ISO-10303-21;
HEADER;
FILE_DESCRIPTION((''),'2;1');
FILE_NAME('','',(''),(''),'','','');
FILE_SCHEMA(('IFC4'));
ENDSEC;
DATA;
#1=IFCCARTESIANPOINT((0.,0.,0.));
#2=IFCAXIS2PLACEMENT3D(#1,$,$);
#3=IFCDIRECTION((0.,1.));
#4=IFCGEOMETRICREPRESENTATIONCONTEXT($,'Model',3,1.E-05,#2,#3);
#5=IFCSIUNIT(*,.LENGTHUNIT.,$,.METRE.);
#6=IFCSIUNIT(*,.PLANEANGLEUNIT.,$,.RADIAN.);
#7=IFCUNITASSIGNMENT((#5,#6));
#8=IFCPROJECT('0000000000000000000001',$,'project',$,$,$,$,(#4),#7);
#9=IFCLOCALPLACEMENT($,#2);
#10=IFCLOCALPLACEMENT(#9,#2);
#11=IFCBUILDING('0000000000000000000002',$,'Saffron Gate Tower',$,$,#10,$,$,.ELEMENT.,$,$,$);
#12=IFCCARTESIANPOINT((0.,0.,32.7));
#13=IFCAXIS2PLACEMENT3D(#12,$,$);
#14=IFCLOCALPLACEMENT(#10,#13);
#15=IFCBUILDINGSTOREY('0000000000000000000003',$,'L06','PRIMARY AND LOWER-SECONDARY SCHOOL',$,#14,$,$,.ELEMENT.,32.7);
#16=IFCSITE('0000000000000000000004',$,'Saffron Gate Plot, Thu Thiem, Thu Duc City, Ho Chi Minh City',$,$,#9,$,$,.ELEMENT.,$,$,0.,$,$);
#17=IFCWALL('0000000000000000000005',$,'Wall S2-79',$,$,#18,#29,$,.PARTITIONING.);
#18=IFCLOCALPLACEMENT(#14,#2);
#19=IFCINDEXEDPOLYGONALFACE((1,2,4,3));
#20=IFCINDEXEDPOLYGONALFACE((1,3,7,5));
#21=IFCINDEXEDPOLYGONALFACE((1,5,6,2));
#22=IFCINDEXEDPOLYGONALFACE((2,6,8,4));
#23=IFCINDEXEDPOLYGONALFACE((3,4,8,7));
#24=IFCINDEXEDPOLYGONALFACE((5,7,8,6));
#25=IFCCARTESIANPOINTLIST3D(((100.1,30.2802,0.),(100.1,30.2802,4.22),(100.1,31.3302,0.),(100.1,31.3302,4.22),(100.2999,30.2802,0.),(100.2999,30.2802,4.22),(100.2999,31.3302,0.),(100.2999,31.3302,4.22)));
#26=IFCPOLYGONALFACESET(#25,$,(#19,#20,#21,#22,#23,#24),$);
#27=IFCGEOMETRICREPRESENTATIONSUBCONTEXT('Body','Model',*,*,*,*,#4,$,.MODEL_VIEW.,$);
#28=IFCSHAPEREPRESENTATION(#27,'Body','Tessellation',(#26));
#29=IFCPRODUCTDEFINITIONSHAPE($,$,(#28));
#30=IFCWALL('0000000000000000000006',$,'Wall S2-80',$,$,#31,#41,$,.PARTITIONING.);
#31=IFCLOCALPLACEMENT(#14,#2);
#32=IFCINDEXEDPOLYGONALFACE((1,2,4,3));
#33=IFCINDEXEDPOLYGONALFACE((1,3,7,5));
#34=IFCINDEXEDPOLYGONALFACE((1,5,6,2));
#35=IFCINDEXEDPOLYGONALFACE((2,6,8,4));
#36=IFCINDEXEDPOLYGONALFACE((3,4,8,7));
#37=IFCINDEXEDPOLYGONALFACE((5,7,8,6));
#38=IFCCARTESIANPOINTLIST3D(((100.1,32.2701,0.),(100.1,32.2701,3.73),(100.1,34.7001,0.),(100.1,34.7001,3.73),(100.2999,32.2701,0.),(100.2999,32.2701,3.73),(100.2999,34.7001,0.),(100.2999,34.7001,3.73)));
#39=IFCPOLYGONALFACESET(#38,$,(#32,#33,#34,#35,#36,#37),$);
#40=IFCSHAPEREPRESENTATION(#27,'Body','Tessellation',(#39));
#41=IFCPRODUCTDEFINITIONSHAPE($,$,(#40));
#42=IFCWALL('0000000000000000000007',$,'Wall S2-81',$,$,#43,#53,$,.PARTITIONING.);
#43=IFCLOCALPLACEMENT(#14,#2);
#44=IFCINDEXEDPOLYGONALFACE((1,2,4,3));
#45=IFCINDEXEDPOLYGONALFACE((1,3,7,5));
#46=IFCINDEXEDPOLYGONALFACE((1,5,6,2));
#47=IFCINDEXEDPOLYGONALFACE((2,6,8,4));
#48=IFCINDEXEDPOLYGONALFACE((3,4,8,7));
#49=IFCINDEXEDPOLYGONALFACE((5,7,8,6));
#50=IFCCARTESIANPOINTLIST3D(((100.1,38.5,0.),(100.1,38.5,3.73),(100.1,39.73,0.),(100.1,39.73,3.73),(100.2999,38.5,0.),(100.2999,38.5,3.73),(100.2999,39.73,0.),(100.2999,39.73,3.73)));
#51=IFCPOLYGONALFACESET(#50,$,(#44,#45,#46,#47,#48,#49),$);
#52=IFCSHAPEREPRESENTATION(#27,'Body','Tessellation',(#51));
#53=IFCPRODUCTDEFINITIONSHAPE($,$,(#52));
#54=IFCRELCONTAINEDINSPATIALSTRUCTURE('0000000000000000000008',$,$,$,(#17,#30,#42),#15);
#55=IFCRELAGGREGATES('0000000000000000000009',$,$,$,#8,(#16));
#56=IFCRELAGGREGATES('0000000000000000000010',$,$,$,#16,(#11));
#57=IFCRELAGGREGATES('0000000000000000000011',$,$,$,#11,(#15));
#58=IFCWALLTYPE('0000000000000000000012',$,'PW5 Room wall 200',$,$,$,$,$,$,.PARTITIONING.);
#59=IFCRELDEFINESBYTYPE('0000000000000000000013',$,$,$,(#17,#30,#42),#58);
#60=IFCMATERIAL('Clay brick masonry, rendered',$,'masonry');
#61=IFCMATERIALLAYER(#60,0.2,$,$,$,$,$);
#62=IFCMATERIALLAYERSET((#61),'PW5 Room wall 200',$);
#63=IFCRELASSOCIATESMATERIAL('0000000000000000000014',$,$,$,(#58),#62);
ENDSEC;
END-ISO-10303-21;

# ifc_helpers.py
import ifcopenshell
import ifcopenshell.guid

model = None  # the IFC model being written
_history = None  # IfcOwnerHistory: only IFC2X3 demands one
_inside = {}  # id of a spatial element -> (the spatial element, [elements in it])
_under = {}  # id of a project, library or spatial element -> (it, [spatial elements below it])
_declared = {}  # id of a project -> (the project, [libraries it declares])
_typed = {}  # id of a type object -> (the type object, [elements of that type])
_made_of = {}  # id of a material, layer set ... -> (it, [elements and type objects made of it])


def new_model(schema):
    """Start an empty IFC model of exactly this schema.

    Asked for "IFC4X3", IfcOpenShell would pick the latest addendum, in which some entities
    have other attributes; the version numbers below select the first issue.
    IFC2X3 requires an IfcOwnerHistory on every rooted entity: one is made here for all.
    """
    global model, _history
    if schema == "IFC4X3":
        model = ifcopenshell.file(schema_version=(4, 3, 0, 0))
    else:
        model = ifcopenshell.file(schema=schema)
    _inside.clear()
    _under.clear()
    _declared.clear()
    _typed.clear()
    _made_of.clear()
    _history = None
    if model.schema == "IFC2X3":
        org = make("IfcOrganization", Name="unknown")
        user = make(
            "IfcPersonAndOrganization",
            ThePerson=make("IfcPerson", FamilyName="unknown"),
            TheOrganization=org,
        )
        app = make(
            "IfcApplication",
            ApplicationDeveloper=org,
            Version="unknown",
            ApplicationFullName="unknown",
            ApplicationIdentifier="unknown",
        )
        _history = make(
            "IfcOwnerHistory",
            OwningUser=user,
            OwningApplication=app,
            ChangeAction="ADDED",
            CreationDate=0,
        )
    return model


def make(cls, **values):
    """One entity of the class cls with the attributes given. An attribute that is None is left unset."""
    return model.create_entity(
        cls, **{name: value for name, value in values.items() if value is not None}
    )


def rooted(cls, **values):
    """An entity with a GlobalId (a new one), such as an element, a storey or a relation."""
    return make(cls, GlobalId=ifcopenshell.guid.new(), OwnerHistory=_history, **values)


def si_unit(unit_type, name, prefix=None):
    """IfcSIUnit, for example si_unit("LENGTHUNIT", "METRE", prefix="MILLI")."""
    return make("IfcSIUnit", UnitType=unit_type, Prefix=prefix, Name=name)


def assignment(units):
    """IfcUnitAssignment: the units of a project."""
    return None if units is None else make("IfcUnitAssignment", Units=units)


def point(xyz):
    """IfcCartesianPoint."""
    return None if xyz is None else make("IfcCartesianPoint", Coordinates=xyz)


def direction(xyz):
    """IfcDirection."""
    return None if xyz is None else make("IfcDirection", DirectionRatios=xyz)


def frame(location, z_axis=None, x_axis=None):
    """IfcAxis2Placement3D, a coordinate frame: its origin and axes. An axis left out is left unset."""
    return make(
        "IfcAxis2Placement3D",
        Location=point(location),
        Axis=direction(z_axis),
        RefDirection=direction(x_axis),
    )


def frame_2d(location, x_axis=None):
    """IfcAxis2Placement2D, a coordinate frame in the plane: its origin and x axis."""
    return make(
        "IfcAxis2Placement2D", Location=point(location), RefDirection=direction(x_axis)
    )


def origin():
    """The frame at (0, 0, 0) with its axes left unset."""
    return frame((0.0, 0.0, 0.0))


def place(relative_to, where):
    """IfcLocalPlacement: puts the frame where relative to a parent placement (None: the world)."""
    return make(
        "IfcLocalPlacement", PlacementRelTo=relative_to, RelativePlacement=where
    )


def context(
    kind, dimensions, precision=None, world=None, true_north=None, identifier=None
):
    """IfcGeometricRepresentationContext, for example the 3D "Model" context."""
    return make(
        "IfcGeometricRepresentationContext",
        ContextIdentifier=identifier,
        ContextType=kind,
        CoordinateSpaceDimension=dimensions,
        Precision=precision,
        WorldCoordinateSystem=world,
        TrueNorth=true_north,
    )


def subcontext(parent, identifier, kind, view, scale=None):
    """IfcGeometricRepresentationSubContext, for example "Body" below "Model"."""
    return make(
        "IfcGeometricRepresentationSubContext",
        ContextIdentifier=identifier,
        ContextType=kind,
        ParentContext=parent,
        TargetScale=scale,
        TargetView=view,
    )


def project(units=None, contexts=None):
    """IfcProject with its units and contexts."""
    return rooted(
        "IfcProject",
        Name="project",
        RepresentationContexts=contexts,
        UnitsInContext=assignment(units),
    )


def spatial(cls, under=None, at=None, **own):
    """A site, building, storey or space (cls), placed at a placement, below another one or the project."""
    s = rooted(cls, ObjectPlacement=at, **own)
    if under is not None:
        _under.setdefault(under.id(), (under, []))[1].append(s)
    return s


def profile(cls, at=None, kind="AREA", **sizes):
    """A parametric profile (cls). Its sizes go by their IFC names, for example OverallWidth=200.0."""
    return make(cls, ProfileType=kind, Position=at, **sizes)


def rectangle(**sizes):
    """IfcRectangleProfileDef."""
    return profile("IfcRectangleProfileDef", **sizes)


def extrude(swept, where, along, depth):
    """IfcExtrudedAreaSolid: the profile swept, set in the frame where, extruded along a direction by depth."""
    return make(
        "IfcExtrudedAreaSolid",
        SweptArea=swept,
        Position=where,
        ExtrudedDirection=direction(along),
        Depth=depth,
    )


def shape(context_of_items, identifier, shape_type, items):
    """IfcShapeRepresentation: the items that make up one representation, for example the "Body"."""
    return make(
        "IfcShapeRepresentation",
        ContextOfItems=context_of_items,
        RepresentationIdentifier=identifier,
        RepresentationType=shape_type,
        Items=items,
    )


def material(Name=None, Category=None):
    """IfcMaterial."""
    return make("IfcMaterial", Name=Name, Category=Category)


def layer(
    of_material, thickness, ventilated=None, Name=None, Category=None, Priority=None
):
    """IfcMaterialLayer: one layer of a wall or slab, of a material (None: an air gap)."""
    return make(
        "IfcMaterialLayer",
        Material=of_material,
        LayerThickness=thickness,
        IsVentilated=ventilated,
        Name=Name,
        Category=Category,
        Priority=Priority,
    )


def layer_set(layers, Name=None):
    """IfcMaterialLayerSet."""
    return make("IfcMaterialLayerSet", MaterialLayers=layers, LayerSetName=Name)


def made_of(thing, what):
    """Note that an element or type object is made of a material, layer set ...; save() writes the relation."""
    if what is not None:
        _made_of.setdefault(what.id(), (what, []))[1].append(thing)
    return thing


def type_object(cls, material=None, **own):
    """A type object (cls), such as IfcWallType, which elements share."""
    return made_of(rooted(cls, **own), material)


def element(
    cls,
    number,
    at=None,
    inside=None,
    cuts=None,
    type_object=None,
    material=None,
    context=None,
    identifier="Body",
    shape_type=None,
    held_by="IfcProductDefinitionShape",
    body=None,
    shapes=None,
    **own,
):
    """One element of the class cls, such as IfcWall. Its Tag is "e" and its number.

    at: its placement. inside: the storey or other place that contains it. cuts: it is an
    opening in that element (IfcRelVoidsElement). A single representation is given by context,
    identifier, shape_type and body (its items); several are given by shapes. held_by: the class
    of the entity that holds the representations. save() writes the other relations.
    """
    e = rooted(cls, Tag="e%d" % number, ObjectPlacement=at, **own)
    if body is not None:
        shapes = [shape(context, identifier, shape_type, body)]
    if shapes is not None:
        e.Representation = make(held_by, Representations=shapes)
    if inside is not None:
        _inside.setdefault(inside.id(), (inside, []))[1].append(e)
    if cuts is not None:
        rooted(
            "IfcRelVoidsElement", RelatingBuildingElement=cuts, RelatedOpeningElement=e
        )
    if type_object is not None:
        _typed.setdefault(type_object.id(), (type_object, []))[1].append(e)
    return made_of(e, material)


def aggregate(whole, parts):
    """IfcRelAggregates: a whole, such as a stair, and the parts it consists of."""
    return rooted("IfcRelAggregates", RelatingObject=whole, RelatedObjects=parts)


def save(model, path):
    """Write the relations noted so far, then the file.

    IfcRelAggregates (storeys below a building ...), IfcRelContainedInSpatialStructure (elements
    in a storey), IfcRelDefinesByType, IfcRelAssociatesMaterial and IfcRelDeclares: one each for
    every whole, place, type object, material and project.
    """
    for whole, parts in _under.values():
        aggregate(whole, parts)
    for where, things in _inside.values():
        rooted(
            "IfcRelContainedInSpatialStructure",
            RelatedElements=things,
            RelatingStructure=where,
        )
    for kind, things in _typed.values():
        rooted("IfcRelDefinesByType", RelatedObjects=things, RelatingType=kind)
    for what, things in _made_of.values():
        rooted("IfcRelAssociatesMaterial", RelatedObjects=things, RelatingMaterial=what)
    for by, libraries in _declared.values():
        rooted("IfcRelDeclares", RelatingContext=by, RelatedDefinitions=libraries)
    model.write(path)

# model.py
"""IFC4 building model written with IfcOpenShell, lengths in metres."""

from ifc_helpers import new_model, si_unit, direction, frame, frame_2d, origin, place, context, subcontext, project, spatial, rectangle, extrude, material, layer, layer_set, type_object, element, save


model = new_model("IFC4")

# Units and contexts
model_context = context("Model", 3, precision=1e-05, world=origin(), true_north=direction((0.0, 1.0)))
body_context = subcontext(model_context, "Body", "Model", "MODEL_VIEW")
ifc_project = project(units=[si_unit("LENGTHUNIT", "METRE"), si_unit("PLANEANGLEUNIT", "RADIAN")], contexts=[model_context])

# Site, building, storey
site_placement = place(None, origin())
site = spatial("IfcSite", under=ifc_project, at=site_placement, Name="Saffron Gate Plot, Thu Thiem, Thu Duc City, Ho Chi Minh City", CompositionType="ELEMENT", RefElevation=0.0)
building_placement = place(site_placement, origin())
building = spatial("IfcBuilding", under=site, at=building_placement, Name="Saffron Gate Tower", CompositionType="ELEMENT")
storey_placement = place(building_placement, frame((0.0, 0.0, 32.7)))
storey = spatial("IfcBuildingStorey", under=building, at=storey_placement, Name="L06", Description="PRIMARY AND LOWER-SECONDARY SCHOOL", CompositionType="ELEMENT", Elevation=32.7)

# Shared definitions
ifc_material_1 = material(Name="Clay brick masonry, rendered", Category="masonry")

# Walls
ifc_layer_1 = layer(ifc_material_1, 0.2)
ifc_layer_set_1 = layer_set([ifc_layer_1], Name="PW5 Room wall 200")
wall_type_1 = type_object("IfcWallType", Name="PW5 Room wall 200", PredefinedType="PARTITIONING", material=ifc_layer_set_1)
wall_1_placement = place(storey_placement, frame((100.2, 31.3301, 0.0), z_axis=(0.0, 0.0, 1.0), x_axis=(0.0, -1.0, 0.0)))
element("IfcWall", 1, at=wall_1_placement, inside=storey, type_object=wall_type_1, Name="Wall S2-79", PredefinedType="PARTITIONING", context=body_context, shape_type="SweptSolid", body=[
    extrude(rectangle(XDim=1.05, YDim=0.2, at=frame_2d((0.5249, 0.0))), origin(), (0.0, 0.0, 1.0), 4.22),
])
wall_2_placement = place(storey_placement, frame((100.2, 34.7, 0.0), z_axis=(0.0, 0.0, 1.0), x_axis=(0.0, -1.0, 0.0)))
element("IfcWall", 2, at=wall_2_placement, inside=storey, type_object=wall_type_1, Name="Wall S2-80", PredefinedType="PARTITIONING", context=body_context, shape_type="SweptSolid", body=[
    extrude(rectangle(XDim=2.4299, YDim=0.2, at=frame_2d((1.2148, 0.0))), origin(), (0.0, 0.0, 1.0), 3.73),
])
wall_3_placement = place(storey_placement, frame((100.2, 39.73, 0.0), z_axis=(0.0, 0.0, 1.0), x_axis=(0.0, -1.0, 0.0)))
element("IfcWall", 3, at=wall_3_placement, inside=storey, type_object=wall_type_1, Name="Wall S2-81", PredefinedType="PARTITIONING", context=body_context, shape_type="SweptSolid", body=[
    extrude(rectangle(XDim=1.23, YDim=0.2, at=frame_2d((0.615, 0.0))), origin(), (0.0, 0.0, 1.0), 3.73),
])

save(model, "model.ifc")
